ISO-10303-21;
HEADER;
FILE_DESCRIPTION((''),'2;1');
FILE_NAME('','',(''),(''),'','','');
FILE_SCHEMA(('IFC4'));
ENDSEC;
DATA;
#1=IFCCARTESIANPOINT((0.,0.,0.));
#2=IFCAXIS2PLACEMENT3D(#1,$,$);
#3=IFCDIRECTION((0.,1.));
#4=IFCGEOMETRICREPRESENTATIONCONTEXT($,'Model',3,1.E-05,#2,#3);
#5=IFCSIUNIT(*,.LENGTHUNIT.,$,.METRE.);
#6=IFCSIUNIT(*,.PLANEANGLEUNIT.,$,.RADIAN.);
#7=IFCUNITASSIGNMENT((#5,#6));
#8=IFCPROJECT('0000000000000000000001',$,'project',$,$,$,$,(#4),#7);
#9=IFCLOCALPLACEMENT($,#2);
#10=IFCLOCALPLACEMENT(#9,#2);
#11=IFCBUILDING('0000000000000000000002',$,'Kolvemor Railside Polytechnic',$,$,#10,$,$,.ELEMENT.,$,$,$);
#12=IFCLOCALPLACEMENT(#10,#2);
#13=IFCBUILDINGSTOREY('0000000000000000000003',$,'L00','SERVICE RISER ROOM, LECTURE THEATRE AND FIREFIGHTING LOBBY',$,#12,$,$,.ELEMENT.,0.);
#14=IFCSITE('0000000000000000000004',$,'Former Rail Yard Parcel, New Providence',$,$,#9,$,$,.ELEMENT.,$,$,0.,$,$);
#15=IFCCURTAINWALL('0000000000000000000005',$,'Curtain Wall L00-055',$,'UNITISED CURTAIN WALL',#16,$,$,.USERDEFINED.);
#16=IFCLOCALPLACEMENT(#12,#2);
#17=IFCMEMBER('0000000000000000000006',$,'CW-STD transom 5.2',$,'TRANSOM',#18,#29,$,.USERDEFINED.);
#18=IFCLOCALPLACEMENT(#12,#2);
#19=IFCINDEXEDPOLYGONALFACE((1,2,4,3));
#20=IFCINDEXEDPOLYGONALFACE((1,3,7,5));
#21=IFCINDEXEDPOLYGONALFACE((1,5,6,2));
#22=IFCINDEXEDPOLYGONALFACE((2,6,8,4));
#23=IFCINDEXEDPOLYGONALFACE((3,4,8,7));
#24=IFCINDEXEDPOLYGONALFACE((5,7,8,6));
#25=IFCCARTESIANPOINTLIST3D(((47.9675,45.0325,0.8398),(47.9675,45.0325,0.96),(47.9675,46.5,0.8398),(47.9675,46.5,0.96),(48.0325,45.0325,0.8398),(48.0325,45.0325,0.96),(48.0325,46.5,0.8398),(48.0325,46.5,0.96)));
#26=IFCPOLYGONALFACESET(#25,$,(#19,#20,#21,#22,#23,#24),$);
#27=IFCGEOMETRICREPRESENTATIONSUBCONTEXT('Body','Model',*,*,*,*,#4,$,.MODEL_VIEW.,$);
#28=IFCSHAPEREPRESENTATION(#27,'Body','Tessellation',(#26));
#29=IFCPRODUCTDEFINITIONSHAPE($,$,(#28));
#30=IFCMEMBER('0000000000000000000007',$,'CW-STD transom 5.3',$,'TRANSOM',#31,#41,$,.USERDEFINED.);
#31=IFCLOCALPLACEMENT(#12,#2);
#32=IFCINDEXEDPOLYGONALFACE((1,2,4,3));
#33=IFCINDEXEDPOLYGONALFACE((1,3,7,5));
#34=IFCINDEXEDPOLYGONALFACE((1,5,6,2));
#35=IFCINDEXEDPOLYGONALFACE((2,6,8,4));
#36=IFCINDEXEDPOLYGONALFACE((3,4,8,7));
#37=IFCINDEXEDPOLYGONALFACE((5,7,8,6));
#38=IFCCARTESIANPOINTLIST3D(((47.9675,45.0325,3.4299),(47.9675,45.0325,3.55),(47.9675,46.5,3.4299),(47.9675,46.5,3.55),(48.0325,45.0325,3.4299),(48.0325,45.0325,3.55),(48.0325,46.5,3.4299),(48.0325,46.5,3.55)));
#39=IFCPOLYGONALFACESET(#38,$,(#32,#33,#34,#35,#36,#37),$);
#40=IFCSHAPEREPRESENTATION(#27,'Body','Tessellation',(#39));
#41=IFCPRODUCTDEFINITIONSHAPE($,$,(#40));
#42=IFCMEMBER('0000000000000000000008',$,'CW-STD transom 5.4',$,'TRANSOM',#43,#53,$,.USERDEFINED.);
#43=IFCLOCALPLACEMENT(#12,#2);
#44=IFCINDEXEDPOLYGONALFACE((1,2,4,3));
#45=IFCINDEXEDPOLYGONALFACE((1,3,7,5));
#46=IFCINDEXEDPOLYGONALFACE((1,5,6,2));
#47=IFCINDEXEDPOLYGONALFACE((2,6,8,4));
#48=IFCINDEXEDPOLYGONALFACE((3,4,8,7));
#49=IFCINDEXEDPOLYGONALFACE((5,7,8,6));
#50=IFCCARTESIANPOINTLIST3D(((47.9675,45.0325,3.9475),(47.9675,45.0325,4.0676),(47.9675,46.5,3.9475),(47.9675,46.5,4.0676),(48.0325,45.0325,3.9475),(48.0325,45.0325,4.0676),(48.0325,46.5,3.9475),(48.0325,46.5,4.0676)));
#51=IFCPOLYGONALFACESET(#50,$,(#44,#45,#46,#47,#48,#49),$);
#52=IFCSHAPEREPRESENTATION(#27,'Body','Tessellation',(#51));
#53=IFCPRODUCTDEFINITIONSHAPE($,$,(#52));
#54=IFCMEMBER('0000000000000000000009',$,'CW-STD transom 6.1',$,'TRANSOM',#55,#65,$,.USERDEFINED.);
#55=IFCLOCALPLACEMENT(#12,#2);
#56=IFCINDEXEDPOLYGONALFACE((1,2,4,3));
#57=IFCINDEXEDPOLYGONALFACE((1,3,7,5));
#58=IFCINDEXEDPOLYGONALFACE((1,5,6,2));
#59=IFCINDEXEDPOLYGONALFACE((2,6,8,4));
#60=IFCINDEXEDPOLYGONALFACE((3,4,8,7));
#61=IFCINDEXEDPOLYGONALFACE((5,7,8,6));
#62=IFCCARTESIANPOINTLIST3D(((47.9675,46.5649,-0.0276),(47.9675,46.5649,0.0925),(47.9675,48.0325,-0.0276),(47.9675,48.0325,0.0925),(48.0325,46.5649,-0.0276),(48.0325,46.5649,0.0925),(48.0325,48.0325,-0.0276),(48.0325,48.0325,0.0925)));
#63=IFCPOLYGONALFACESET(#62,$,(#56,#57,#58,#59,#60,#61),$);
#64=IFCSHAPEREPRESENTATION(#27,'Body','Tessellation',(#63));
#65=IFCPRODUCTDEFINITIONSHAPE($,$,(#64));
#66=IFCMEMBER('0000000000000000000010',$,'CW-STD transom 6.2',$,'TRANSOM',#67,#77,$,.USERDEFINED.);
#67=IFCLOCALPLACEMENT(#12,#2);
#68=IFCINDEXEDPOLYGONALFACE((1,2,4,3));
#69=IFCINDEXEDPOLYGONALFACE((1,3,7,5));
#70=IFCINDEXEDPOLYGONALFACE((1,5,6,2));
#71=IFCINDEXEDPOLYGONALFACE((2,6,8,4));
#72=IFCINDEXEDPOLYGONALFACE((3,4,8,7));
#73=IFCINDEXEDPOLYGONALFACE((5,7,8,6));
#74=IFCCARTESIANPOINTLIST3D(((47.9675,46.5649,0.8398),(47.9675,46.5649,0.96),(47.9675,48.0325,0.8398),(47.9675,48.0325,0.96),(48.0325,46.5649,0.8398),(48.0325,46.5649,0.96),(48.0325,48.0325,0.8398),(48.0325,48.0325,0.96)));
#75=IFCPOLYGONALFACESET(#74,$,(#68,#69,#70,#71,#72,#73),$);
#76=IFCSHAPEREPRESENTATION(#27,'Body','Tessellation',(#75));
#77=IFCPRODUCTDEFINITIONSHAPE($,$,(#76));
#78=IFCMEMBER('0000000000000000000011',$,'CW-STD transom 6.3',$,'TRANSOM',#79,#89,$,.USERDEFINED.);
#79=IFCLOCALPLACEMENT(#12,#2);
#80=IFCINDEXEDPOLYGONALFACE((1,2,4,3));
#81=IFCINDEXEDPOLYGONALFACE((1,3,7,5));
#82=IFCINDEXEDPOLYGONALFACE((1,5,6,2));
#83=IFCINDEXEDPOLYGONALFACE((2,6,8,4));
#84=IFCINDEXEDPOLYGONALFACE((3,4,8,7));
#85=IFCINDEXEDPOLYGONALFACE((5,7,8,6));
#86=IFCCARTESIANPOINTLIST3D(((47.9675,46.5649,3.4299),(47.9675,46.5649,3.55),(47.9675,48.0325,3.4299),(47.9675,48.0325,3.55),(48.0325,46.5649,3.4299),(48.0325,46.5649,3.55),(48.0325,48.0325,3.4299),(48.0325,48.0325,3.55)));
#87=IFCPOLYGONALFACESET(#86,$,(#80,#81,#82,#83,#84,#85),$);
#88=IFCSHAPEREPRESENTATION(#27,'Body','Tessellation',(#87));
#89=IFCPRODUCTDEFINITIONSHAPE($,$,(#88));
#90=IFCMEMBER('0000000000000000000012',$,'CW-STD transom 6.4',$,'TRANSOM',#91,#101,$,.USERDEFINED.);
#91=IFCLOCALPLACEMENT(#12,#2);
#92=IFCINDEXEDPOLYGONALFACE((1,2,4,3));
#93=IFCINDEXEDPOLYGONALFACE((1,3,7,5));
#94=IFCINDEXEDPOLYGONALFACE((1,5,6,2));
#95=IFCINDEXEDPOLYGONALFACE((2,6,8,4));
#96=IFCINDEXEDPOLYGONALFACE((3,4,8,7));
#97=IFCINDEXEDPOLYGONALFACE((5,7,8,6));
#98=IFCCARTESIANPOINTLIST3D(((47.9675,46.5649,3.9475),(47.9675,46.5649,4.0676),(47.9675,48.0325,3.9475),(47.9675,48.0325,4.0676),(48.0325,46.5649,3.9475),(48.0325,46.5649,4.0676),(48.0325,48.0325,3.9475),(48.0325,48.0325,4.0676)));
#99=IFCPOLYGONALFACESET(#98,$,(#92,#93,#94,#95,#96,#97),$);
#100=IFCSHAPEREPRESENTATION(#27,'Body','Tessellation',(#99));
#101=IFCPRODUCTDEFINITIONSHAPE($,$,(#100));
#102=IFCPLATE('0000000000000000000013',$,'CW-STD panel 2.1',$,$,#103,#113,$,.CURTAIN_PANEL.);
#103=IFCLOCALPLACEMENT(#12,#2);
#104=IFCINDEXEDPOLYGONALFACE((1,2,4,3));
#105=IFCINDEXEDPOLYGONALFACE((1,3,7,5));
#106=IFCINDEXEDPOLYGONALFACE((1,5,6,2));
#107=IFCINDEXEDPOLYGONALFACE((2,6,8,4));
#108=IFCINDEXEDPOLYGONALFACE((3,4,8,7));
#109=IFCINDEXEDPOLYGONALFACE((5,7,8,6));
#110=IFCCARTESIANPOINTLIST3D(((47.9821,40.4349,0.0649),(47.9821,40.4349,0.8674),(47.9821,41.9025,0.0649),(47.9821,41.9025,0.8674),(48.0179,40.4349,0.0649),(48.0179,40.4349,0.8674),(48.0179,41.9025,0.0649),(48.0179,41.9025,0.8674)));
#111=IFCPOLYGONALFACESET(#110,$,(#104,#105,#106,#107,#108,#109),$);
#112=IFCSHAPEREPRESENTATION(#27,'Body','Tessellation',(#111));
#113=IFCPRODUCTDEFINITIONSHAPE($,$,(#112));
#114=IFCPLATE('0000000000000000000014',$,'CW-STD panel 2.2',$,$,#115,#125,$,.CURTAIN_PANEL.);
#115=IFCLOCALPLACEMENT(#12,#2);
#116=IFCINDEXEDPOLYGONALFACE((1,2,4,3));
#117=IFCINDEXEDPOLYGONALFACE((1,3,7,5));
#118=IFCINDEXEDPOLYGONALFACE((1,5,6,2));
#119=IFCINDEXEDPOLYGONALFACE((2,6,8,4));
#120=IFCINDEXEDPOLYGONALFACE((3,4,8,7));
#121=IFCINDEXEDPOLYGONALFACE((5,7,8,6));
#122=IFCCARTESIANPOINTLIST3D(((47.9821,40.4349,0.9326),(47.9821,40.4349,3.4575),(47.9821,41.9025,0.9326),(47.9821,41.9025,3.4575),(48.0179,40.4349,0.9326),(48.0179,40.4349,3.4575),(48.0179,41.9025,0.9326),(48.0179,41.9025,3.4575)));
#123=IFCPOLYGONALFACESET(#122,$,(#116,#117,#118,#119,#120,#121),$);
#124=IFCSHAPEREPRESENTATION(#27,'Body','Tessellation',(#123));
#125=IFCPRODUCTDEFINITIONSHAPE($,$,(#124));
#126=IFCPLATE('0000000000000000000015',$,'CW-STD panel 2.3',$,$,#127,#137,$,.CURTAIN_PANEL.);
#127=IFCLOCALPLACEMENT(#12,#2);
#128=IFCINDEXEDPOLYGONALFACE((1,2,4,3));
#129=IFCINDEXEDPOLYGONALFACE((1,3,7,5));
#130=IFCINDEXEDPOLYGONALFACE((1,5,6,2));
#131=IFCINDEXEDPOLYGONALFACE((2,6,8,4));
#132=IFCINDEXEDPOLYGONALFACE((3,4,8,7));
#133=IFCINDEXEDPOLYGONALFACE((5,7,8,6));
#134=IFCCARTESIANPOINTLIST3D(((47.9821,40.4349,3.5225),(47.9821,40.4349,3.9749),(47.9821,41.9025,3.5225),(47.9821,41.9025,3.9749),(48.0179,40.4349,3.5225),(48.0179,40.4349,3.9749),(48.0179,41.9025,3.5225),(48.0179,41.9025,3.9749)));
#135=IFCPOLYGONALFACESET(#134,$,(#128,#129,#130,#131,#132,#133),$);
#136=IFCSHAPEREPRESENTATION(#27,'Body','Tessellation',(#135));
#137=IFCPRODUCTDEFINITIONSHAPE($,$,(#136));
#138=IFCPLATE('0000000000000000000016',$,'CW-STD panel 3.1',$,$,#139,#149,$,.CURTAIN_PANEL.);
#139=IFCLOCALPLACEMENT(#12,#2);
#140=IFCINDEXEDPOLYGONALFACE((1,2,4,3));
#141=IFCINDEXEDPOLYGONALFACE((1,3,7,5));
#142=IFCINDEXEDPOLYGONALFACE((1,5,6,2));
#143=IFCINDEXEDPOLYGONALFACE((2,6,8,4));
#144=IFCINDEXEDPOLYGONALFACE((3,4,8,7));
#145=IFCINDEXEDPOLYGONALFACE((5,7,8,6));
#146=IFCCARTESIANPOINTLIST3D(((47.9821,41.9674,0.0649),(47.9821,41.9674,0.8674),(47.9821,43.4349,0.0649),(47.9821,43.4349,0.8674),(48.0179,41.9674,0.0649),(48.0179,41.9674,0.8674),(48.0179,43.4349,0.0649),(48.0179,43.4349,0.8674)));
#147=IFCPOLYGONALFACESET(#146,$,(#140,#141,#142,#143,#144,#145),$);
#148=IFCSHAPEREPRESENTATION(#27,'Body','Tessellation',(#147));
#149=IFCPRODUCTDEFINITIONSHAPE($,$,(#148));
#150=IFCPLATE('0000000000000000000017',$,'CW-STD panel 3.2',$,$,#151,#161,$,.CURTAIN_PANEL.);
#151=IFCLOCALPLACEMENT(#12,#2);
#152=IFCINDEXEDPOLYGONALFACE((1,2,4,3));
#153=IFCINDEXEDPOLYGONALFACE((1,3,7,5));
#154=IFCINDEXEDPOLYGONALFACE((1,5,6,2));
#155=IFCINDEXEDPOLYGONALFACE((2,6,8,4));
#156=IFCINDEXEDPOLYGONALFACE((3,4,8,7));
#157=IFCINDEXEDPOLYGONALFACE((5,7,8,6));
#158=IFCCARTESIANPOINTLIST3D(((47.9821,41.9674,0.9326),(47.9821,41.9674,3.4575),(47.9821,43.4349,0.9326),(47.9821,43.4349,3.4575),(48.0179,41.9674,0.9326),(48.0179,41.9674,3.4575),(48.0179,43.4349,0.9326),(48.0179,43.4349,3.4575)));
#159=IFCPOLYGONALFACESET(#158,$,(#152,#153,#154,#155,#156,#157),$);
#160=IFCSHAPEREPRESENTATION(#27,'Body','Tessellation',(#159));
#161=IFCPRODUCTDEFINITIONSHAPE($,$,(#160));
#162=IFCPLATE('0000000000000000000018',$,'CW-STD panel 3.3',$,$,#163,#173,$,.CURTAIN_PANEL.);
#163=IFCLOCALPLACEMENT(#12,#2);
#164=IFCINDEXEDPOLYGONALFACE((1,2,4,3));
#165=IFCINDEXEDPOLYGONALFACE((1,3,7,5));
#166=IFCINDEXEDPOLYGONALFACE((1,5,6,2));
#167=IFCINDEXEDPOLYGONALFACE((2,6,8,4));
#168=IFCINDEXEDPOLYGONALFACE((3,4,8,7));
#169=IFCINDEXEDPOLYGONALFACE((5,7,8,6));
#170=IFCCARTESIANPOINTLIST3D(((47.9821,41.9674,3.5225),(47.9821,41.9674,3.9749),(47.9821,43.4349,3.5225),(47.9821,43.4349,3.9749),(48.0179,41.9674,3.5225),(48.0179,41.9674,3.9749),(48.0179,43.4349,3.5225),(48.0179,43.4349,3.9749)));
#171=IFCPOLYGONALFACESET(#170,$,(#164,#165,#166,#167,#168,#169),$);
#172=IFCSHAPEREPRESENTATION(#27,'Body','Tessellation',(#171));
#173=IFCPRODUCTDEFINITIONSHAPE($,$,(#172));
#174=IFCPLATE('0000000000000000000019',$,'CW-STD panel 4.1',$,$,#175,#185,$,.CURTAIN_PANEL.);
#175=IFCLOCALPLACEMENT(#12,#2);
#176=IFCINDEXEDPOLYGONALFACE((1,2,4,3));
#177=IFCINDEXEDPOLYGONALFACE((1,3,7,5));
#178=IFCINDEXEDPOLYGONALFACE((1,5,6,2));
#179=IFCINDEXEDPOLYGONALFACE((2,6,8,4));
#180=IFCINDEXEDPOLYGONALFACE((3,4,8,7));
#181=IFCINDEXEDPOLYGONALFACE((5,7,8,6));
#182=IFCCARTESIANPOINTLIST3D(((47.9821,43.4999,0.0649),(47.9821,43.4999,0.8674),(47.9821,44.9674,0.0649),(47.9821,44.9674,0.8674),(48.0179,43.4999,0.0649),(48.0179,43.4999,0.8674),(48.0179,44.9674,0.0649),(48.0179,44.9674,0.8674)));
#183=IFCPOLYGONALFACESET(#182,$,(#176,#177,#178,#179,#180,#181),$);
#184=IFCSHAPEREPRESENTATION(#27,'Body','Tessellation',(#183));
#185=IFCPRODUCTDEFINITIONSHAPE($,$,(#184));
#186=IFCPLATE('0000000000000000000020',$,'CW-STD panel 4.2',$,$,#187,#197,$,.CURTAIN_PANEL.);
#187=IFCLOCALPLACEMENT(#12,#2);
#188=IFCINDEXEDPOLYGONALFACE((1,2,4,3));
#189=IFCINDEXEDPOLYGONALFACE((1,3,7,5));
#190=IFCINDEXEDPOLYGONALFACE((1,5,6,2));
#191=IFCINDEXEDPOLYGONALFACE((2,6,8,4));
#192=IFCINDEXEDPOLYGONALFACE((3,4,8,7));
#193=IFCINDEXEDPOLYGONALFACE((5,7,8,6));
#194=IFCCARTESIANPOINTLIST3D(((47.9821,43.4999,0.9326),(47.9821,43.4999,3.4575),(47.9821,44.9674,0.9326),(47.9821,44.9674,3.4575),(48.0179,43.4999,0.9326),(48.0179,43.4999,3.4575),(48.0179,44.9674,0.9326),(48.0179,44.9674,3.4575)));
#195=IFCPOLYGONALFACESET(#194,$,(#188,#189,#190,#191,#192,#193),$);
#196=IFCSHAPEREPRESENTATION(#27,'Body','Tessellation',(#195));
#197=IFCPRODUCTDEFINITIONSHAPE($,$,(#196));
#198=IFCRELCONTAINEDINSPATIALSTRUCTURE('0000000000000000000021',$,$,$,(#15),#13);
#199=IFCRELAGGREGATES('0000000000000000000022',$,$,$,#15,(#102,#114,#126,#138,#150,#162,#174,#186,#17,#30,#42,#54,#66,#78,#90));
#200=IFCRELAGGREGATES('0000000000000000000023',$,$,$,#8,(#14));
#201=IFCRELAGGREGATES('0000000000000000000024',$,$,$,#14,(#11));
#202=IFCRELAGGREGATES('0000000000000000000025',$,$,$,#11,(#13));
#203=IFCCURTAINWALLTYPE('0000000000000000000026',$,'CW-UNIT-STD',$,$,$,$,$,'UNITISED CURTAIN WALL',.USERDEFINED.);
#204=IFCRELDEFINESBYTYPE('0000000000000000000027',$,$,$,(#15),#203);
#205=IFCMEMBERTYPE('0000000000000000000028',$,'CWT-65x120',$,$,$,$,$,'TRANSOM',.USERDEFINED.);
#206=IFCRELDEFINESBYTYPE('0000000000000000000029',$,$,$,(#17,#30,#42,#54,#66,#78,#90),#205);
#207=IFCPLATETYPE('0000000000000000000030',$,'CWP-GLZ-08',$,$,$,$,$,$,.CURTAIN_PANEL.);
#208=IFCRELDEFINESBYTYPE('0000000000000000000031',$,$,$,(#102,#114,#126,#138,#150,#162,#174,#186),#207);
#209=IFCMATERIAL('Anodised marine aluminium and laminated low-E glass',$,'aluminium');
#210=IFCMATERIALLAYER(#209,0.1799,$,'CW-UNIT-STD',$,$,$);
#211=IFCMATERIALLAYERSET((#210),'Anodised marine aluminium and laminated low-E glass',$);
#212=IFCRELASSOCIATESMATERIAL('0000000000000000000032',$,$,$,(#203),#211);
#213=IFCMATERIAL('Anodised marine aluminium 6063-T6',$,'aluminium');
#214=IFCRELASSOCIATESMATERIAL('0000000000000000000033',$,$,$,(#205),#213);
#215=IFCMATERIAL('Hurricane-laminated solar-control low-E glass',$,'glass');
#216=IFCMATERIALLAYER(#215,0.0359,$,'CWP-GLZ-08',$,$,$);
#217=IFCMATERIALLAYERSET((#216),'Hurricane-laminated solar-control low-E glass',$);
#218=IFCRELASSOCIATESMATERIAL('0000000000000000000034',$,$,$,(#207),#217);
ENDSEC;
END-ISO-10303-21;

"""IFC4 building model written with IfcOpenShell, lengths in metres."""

from ifc_helpers import new_model, si_unit, direction, frame, origin, origin_2d, place, context, subcontext, project, spatial, rectangle, extrude, material, layer, layer_set, material_profile, profile_set, type_object, element, aggregate, save


model = new_model("IFC4")

# Units and contexts
model_context = context("Model", 3, precision=1e-05, world=origin(), true_north=direction((0.0, 1.0)))
body_context = subcontext(model_context, "Body", "Model", "MODEL_VIEW")
ifc_project = project(units=[si_unit("LENGTHUNIT", "METRE"), si_unit("PLANEANGLEUNIT", "RADIAN")], contexts=[model_context])

# Site, building, storey
site_placement = place(None, origin())
site = spatial("IfcSite", under=ifc_project, at=site_placement, Name="Former Rail Yard Parcel, New Providence", CompositionType="ELEMENT", RefElevation=0.0)
building_placement = place(site_placement, origin())
building = spatial("IfcBuilding", under=site, at=building_placement, Name="Kolvemor Railside Polytechnic", CompositionType="ELEMENT")
storey_placement = place(building_placement, origin())
storey = spatial("IfcBuildingStorey", under=building, at=storey_placement, Name="L00", Description="SERVICE RISER ROOM, LECTURE THEATRE AND FIREFIGHTING LOBBY", CompositionType="ELEMENT", Elevation=0.0)

# Curtain wall, members, plates
ifc_material_1 = material(Name="Anodised marine aluminium and laminated low-E glass", Category="aluminium")
ifc_layer_1 = layer(ifc_material_1, 0.1799, Name="CW-UNIT-STD")
ifc_layer_set_1 = layer_set([ifc_layer_1], Name="Anodised marine aluminium and laminated low-E glass")
curtain_wall_type = type_object("IfcCurtainWallType", Name="CW-UNIT-STD", ElementType="UNITISED CURTAIN WALL", PredefinedType="USERDEFINED", material=ifc_layer_set_1)
curtain_wall_placement = place(storey_placement, origin())
curtain_wall = element("IfcCurtainWall", 1, at=curtain_wall_placement, inside=storey, type_object=curtain_wall_type, Name="Curtain Wall L00-055", ObjectType="UNITISED CURTAIN WALL", PredefinedType="USERDEFINED")
ifc_material_2 = material(Name="Anodised marine aluminium 6063-T6", Category="aluminium")
ifc_material_profile_1 = material_profile(ifc_material_2, rectangle(XDim=0.0649, YDim=0.1201, at=origin_2d()), Name="CW-TRN-65x120")
ifc_profile_set_1 = profile_set([ifc_material_profile_1], Name="Anodised marine aluminium 6063-T6")
member_type_1 = type_object("IfcMemberType", Name="CWT-65x120", ElementType="TRANSOM", PredefinedType="USERDEFINED", material=ifc_profile_set_1)
member_1_placement = place(storey_placement, frame((48.0, 45.0325, 0.8999), z_axis=(0.0, 1.0, 0.0), x_axis=(-1.0, 0.0, 0.0)))
member_1 = element("IfcMember", 2, at=member_1_placement, type_object=member_type_1, Name="CW-STD transom 5.2", ObjectType="TRANSOM", PredefinedType="USERDEFINED", context=body_context, shape_type="SweptSolid", body=[
    extrude(rectangle(XDim=0.0649, YDim=0.1201, at=origin_2d()), origin(), (0.0, 0.0, 1.0), 1.4675),
])
member_2_placement = place(storey_placement, frame((48.0, 45.0325, 3.49), z_axis=(0.0, 1.0, 0.0), x_axis=(-1.0, 0.0, 0.0)))
member_2 = element("IfcMember", 3, at=member_2_placement, type_object=member_type_1, Name="CW-STD transom 5.3", ObjectType="TRANSOM", PredefinedType="USERDEFINED", context=body_context, shape_type="SweptSolid", body=[
    extrude(rectangle(XDim=0.0649, YDim=0.1201, at=origin_2d()), origin(), (0.0, 0.0, 1.0), 1.4675),
])
member_3_placement = place(storey_placement, frame((48.0, 45.0325, 4.0076), z_axis=(0.0, 1.0, 0.0), x_axis=(-1.0, 0.0, 0.0)))
member_3 = element("IfcMember", 4, at=member_3_placement, type_object=member_type_1, Name="CW-STD transom 5.4", ObjectType="TRANSOM", PredefinedType="USERDEFINED", context=body_context, shape_type="SweptSolid", body=[
    extrude(rectangle(XDim=0.0649, YDim=0.1201, at=origin_2d()), origin(), (0.0, 0.0, 1.0), 1.4675),
])
member_4_placement = place(storey_placement, frame((48.0, 46.5649, 0.0325), z_axis=(0.0, 1.0, 0.0), x_axis=(-1.0, 0.0, 0.0)))
member_4 = element("IfcMember", 5, at=member_4_placement, type_object=member_type_1, Name="CW-STD transom 6.1", ObjectType="TRANSOM", PredefinedType="USERDEFINED", context=body_context, shape_type="SweptSolid", body=[
    extrude(rectangle(XDim=0.0649, YDim=0.1201, at=origin_2d()), origin(), (0.0, 0.0, 1.0), 1.4675),
])
member_5_placement = place(storey_placement, frame((48.0, 46.5649, 0.8999), z_axis=(0.0, 1.0, 0.0), x_axis=(-1.0, 0.0, 0.0)))
member_5 = element("IfcMember", 6, at=member_5_placement, type_object=member_type_1, Name="CW-STD transom 6.2", ObjectType="TRANSOM", PredefinedType="USERDEFINED", context=body_context, shape_type="SweptSolid", body=[
    extrude(rectangle(XDim=0.0649, YDim=0.1201, at=origin_2d()), origin(), (0.0, 0.0, 1.0), 1.4675),
])
member_6_placement = place(storey_placement, frame((48.0, 46.5649, 3.49), z_axis=(0.0, 1.0, 0.0), x_axis=(-1.0, 0.0, 0.0)))
member_6 = element("IfcMember", 7, at=member_6_placement, type_object=member_type_1, Name="CW-STD transom 6.3", ObjectType="TRANSOM", PredefinedType="USERDEFINED", context=body_context, shape_type="SweptSolid", body=[
    extrude(rectangle(XDim=0.0649, YDim=0.1201, at=origin_2d()), origin(), (0.0, 0.0, 1.0), 1.4675),
])
member_7_placement = place(storey_placement, frame((48.0, 46.5649, 4.0076), z_axis=(0.0, 1.0, 0.0), x_axis=(-1.0, 0.0, 0.0)))
member_7 = element("IfcMember", 8, at=member_7_placement, type_object=member_type_1, Name="CW-STD transom 6.4", ObjectType="TRANSOM", PredefinedType="USERDEFINED", context=body_context, shape_type="SweptSolid", body=[
    extrude(rectangle(XDim=0.0649, YDim=0.1201, at=origin_2d()), origin(), (0.0, 0.0, 1.0), 1.4675),
])
ifc_material_3 = material(Name="Hurricane-laminated solar-control low-E glass", Category="glass")
ifc_layer_2 = layer(ifc_material_3, 0.0359, Name="CWP-GLZ-08")
ifc_layer_set_2 = layer_set([ifc_layer_2], Name="Hurricane-laminated solar-control low-E glass")
plate_type = type_object("IfcPlateType", Name="CWP-GLZ-08", PredefinedType="CURTAIN_PANEL", material=ifc_layer_set_2)
plate_1_placement = place(storey_placement, frame((48.0, 41.1687, 0.0649), z_axis=(0.0, 0.0, 1.0), x_axis=(0.0, 1.0, 0.0)))
plate_1 = element("IfcPlate", 9, at=plate_1_placement, type_object=plate_type, Name="CW-STD panel 2.1", PredefinedType="CURTAIN_PANEL", context=body_context, shape_type="SweptSolid", body=[
    extrude(rectangle(XDim=1.4675, YDim=0.0359, at=origin_2d()), origin(), (0.0, 0.0, 1.0), 0.8025),
])
plate_2_placement = place(storey_placement, frame((48.0, 41.1687, 0.9326), z_axis=(0.0, 0.0, 1.0), x_axis=(0.0, 1.0, 0.0)))
plate_2 = element("IfcPlate", 10, at=plate_2_placement, type_object=plate_type, Name="CW-STD panel 2.2", PredefinedType="CURTAIN_PANEL", context=body_context, shape_type="SweptSolid", body=[
    extrude(rectangle(XDim=1.4675, YDim=0.0359, at=origin_2d()), origin(), (0.0, 0.0, 1.0), 2.5249),
])
plate_3_placement = place(storey_placement, frame((48.0, 41.1687, 3.5225), z_axis=(0.0, 0.0, 1.0), x_axis=(0.0, 1.0, 0.0)))
plate_3 = element("IfcPlate", 11, at=plate_3_placement, type_object=plate_type, Name="CW-STD panel 2.3", PredefinedType="CURTAIN_PANEL", context=body_context, shape_type="SweptSolid", body=[
    extrude(rectangle(XDim=1.4675, YDim=0.0359, at=origin_2d()), origin(), (0.0, 0.0, 1.0), 0.4524),
])
plate_4_placement = place(storey_placement, frame((48.0, 42.7012, 0.0649), z_axis=(0.0, 0.0, 1.0), x_axis=(0.0, 1.0, 0.0)))
plate_4 = element("IfcPlate", 12, at=plate_4_placement, type_object=plate_type, Name="CW-STD panel 3.1", PredefinedType="CURTAIN_PANEL", context=body_context, shape_type="SweptSolid", body=[
    extrude(rectangle(XDim=1.4675, YDim=0.0359, at=origin_2d()), origin(), (0.0, 0.0, 1.0), 0.8025),
])
plate_5_placement = place(storey_placement, frame((48.0, 42.7012, 0.9326), z_axis=(0.0, 0.0, 1.0), x_axis=(0.0, 1.0, 0.0)))
plate_5 = element("IfcPlate", 13, at=plate_5_placement, type_object=plate_type, Name="CW-STD panel 3.2", PredefinedType="CURTAIN_PANEL", context=body_context, shape_type="SweptSolid", body=[
    extrude(rectangle(XDim=1.4675, YDim=0.0359, at=origin_2d()), origin(), (0.0, 0.0, 1.0), 2.5249),
])
plate_6_placement = place(storey_placement, frame((48.0, 42.7012, 3.5225), z_axis=(0.0, 0.0, 1.0), x_axis=(0.0, 1.0, 0.0)))
plate_6 = element("IfcPlate", 14, at=plate_6_placement, type_object=plate_type, Name="CW-STD panel 3.3", PredefinedType="CURTAIN_PANEL", context=body_context, shape_type="SweptSolid", body=[
    extrude(rectangle(XDim=1.4675, YDim=0.0359, at=origin_2d()), origin(), (0.0, 0.0, 1.0), 0.4524),
])
plate_7_placement = place(storey_placement, frame((48.0, 44.2336, 0.0649), z_axis=(0.0, 0.0, 1.0), x_axis=(0.0, 1.0, 0.0)))
plate_7 = element("IfcPlate", 15, at=plate_7_placement, type_object=plate_type, Name="CW-STD panel 4.1", PredefinedType="CURTAIN_PANEL", context=body_context, shape_type="SweptSolid", body=[
    extrude(rectangle(XDim=1.4675, YDim=0.0359, at=origin_2d()), origin(), (0.0, 0.0, 1.0), 0.8025),
])
plate_8_placement = place(storey_placement, frame((48.0, 44.2336, 0.9326), z_axis=(0.0, 0.0, 1.0), x_axis=(0.0, 1.0, 0.0)))
plate_8 = element("IfcPlate", 16, at=plate_8_placement, type_object=plate_type, Name="CW-STD panel 4.2", PredefinedType="CURTAIN_PANEL", context=body_context, shape_type="SweptSolid", body=[
    extrude(rectangle(XDim=1.4675, YDim=0.0359, at=origin_2d()), origin(), (0.0, 0.0, 1.0), 2.5249),
])
aggregate(curtain_wall, [plate_1, plate_2, plate_3, plate_4, plate_5, plate_6, plate_7, plate_8, member_1, member_2, member_3, member_4, member_5, member_6, member_7])

save(model, "model.ifc")
